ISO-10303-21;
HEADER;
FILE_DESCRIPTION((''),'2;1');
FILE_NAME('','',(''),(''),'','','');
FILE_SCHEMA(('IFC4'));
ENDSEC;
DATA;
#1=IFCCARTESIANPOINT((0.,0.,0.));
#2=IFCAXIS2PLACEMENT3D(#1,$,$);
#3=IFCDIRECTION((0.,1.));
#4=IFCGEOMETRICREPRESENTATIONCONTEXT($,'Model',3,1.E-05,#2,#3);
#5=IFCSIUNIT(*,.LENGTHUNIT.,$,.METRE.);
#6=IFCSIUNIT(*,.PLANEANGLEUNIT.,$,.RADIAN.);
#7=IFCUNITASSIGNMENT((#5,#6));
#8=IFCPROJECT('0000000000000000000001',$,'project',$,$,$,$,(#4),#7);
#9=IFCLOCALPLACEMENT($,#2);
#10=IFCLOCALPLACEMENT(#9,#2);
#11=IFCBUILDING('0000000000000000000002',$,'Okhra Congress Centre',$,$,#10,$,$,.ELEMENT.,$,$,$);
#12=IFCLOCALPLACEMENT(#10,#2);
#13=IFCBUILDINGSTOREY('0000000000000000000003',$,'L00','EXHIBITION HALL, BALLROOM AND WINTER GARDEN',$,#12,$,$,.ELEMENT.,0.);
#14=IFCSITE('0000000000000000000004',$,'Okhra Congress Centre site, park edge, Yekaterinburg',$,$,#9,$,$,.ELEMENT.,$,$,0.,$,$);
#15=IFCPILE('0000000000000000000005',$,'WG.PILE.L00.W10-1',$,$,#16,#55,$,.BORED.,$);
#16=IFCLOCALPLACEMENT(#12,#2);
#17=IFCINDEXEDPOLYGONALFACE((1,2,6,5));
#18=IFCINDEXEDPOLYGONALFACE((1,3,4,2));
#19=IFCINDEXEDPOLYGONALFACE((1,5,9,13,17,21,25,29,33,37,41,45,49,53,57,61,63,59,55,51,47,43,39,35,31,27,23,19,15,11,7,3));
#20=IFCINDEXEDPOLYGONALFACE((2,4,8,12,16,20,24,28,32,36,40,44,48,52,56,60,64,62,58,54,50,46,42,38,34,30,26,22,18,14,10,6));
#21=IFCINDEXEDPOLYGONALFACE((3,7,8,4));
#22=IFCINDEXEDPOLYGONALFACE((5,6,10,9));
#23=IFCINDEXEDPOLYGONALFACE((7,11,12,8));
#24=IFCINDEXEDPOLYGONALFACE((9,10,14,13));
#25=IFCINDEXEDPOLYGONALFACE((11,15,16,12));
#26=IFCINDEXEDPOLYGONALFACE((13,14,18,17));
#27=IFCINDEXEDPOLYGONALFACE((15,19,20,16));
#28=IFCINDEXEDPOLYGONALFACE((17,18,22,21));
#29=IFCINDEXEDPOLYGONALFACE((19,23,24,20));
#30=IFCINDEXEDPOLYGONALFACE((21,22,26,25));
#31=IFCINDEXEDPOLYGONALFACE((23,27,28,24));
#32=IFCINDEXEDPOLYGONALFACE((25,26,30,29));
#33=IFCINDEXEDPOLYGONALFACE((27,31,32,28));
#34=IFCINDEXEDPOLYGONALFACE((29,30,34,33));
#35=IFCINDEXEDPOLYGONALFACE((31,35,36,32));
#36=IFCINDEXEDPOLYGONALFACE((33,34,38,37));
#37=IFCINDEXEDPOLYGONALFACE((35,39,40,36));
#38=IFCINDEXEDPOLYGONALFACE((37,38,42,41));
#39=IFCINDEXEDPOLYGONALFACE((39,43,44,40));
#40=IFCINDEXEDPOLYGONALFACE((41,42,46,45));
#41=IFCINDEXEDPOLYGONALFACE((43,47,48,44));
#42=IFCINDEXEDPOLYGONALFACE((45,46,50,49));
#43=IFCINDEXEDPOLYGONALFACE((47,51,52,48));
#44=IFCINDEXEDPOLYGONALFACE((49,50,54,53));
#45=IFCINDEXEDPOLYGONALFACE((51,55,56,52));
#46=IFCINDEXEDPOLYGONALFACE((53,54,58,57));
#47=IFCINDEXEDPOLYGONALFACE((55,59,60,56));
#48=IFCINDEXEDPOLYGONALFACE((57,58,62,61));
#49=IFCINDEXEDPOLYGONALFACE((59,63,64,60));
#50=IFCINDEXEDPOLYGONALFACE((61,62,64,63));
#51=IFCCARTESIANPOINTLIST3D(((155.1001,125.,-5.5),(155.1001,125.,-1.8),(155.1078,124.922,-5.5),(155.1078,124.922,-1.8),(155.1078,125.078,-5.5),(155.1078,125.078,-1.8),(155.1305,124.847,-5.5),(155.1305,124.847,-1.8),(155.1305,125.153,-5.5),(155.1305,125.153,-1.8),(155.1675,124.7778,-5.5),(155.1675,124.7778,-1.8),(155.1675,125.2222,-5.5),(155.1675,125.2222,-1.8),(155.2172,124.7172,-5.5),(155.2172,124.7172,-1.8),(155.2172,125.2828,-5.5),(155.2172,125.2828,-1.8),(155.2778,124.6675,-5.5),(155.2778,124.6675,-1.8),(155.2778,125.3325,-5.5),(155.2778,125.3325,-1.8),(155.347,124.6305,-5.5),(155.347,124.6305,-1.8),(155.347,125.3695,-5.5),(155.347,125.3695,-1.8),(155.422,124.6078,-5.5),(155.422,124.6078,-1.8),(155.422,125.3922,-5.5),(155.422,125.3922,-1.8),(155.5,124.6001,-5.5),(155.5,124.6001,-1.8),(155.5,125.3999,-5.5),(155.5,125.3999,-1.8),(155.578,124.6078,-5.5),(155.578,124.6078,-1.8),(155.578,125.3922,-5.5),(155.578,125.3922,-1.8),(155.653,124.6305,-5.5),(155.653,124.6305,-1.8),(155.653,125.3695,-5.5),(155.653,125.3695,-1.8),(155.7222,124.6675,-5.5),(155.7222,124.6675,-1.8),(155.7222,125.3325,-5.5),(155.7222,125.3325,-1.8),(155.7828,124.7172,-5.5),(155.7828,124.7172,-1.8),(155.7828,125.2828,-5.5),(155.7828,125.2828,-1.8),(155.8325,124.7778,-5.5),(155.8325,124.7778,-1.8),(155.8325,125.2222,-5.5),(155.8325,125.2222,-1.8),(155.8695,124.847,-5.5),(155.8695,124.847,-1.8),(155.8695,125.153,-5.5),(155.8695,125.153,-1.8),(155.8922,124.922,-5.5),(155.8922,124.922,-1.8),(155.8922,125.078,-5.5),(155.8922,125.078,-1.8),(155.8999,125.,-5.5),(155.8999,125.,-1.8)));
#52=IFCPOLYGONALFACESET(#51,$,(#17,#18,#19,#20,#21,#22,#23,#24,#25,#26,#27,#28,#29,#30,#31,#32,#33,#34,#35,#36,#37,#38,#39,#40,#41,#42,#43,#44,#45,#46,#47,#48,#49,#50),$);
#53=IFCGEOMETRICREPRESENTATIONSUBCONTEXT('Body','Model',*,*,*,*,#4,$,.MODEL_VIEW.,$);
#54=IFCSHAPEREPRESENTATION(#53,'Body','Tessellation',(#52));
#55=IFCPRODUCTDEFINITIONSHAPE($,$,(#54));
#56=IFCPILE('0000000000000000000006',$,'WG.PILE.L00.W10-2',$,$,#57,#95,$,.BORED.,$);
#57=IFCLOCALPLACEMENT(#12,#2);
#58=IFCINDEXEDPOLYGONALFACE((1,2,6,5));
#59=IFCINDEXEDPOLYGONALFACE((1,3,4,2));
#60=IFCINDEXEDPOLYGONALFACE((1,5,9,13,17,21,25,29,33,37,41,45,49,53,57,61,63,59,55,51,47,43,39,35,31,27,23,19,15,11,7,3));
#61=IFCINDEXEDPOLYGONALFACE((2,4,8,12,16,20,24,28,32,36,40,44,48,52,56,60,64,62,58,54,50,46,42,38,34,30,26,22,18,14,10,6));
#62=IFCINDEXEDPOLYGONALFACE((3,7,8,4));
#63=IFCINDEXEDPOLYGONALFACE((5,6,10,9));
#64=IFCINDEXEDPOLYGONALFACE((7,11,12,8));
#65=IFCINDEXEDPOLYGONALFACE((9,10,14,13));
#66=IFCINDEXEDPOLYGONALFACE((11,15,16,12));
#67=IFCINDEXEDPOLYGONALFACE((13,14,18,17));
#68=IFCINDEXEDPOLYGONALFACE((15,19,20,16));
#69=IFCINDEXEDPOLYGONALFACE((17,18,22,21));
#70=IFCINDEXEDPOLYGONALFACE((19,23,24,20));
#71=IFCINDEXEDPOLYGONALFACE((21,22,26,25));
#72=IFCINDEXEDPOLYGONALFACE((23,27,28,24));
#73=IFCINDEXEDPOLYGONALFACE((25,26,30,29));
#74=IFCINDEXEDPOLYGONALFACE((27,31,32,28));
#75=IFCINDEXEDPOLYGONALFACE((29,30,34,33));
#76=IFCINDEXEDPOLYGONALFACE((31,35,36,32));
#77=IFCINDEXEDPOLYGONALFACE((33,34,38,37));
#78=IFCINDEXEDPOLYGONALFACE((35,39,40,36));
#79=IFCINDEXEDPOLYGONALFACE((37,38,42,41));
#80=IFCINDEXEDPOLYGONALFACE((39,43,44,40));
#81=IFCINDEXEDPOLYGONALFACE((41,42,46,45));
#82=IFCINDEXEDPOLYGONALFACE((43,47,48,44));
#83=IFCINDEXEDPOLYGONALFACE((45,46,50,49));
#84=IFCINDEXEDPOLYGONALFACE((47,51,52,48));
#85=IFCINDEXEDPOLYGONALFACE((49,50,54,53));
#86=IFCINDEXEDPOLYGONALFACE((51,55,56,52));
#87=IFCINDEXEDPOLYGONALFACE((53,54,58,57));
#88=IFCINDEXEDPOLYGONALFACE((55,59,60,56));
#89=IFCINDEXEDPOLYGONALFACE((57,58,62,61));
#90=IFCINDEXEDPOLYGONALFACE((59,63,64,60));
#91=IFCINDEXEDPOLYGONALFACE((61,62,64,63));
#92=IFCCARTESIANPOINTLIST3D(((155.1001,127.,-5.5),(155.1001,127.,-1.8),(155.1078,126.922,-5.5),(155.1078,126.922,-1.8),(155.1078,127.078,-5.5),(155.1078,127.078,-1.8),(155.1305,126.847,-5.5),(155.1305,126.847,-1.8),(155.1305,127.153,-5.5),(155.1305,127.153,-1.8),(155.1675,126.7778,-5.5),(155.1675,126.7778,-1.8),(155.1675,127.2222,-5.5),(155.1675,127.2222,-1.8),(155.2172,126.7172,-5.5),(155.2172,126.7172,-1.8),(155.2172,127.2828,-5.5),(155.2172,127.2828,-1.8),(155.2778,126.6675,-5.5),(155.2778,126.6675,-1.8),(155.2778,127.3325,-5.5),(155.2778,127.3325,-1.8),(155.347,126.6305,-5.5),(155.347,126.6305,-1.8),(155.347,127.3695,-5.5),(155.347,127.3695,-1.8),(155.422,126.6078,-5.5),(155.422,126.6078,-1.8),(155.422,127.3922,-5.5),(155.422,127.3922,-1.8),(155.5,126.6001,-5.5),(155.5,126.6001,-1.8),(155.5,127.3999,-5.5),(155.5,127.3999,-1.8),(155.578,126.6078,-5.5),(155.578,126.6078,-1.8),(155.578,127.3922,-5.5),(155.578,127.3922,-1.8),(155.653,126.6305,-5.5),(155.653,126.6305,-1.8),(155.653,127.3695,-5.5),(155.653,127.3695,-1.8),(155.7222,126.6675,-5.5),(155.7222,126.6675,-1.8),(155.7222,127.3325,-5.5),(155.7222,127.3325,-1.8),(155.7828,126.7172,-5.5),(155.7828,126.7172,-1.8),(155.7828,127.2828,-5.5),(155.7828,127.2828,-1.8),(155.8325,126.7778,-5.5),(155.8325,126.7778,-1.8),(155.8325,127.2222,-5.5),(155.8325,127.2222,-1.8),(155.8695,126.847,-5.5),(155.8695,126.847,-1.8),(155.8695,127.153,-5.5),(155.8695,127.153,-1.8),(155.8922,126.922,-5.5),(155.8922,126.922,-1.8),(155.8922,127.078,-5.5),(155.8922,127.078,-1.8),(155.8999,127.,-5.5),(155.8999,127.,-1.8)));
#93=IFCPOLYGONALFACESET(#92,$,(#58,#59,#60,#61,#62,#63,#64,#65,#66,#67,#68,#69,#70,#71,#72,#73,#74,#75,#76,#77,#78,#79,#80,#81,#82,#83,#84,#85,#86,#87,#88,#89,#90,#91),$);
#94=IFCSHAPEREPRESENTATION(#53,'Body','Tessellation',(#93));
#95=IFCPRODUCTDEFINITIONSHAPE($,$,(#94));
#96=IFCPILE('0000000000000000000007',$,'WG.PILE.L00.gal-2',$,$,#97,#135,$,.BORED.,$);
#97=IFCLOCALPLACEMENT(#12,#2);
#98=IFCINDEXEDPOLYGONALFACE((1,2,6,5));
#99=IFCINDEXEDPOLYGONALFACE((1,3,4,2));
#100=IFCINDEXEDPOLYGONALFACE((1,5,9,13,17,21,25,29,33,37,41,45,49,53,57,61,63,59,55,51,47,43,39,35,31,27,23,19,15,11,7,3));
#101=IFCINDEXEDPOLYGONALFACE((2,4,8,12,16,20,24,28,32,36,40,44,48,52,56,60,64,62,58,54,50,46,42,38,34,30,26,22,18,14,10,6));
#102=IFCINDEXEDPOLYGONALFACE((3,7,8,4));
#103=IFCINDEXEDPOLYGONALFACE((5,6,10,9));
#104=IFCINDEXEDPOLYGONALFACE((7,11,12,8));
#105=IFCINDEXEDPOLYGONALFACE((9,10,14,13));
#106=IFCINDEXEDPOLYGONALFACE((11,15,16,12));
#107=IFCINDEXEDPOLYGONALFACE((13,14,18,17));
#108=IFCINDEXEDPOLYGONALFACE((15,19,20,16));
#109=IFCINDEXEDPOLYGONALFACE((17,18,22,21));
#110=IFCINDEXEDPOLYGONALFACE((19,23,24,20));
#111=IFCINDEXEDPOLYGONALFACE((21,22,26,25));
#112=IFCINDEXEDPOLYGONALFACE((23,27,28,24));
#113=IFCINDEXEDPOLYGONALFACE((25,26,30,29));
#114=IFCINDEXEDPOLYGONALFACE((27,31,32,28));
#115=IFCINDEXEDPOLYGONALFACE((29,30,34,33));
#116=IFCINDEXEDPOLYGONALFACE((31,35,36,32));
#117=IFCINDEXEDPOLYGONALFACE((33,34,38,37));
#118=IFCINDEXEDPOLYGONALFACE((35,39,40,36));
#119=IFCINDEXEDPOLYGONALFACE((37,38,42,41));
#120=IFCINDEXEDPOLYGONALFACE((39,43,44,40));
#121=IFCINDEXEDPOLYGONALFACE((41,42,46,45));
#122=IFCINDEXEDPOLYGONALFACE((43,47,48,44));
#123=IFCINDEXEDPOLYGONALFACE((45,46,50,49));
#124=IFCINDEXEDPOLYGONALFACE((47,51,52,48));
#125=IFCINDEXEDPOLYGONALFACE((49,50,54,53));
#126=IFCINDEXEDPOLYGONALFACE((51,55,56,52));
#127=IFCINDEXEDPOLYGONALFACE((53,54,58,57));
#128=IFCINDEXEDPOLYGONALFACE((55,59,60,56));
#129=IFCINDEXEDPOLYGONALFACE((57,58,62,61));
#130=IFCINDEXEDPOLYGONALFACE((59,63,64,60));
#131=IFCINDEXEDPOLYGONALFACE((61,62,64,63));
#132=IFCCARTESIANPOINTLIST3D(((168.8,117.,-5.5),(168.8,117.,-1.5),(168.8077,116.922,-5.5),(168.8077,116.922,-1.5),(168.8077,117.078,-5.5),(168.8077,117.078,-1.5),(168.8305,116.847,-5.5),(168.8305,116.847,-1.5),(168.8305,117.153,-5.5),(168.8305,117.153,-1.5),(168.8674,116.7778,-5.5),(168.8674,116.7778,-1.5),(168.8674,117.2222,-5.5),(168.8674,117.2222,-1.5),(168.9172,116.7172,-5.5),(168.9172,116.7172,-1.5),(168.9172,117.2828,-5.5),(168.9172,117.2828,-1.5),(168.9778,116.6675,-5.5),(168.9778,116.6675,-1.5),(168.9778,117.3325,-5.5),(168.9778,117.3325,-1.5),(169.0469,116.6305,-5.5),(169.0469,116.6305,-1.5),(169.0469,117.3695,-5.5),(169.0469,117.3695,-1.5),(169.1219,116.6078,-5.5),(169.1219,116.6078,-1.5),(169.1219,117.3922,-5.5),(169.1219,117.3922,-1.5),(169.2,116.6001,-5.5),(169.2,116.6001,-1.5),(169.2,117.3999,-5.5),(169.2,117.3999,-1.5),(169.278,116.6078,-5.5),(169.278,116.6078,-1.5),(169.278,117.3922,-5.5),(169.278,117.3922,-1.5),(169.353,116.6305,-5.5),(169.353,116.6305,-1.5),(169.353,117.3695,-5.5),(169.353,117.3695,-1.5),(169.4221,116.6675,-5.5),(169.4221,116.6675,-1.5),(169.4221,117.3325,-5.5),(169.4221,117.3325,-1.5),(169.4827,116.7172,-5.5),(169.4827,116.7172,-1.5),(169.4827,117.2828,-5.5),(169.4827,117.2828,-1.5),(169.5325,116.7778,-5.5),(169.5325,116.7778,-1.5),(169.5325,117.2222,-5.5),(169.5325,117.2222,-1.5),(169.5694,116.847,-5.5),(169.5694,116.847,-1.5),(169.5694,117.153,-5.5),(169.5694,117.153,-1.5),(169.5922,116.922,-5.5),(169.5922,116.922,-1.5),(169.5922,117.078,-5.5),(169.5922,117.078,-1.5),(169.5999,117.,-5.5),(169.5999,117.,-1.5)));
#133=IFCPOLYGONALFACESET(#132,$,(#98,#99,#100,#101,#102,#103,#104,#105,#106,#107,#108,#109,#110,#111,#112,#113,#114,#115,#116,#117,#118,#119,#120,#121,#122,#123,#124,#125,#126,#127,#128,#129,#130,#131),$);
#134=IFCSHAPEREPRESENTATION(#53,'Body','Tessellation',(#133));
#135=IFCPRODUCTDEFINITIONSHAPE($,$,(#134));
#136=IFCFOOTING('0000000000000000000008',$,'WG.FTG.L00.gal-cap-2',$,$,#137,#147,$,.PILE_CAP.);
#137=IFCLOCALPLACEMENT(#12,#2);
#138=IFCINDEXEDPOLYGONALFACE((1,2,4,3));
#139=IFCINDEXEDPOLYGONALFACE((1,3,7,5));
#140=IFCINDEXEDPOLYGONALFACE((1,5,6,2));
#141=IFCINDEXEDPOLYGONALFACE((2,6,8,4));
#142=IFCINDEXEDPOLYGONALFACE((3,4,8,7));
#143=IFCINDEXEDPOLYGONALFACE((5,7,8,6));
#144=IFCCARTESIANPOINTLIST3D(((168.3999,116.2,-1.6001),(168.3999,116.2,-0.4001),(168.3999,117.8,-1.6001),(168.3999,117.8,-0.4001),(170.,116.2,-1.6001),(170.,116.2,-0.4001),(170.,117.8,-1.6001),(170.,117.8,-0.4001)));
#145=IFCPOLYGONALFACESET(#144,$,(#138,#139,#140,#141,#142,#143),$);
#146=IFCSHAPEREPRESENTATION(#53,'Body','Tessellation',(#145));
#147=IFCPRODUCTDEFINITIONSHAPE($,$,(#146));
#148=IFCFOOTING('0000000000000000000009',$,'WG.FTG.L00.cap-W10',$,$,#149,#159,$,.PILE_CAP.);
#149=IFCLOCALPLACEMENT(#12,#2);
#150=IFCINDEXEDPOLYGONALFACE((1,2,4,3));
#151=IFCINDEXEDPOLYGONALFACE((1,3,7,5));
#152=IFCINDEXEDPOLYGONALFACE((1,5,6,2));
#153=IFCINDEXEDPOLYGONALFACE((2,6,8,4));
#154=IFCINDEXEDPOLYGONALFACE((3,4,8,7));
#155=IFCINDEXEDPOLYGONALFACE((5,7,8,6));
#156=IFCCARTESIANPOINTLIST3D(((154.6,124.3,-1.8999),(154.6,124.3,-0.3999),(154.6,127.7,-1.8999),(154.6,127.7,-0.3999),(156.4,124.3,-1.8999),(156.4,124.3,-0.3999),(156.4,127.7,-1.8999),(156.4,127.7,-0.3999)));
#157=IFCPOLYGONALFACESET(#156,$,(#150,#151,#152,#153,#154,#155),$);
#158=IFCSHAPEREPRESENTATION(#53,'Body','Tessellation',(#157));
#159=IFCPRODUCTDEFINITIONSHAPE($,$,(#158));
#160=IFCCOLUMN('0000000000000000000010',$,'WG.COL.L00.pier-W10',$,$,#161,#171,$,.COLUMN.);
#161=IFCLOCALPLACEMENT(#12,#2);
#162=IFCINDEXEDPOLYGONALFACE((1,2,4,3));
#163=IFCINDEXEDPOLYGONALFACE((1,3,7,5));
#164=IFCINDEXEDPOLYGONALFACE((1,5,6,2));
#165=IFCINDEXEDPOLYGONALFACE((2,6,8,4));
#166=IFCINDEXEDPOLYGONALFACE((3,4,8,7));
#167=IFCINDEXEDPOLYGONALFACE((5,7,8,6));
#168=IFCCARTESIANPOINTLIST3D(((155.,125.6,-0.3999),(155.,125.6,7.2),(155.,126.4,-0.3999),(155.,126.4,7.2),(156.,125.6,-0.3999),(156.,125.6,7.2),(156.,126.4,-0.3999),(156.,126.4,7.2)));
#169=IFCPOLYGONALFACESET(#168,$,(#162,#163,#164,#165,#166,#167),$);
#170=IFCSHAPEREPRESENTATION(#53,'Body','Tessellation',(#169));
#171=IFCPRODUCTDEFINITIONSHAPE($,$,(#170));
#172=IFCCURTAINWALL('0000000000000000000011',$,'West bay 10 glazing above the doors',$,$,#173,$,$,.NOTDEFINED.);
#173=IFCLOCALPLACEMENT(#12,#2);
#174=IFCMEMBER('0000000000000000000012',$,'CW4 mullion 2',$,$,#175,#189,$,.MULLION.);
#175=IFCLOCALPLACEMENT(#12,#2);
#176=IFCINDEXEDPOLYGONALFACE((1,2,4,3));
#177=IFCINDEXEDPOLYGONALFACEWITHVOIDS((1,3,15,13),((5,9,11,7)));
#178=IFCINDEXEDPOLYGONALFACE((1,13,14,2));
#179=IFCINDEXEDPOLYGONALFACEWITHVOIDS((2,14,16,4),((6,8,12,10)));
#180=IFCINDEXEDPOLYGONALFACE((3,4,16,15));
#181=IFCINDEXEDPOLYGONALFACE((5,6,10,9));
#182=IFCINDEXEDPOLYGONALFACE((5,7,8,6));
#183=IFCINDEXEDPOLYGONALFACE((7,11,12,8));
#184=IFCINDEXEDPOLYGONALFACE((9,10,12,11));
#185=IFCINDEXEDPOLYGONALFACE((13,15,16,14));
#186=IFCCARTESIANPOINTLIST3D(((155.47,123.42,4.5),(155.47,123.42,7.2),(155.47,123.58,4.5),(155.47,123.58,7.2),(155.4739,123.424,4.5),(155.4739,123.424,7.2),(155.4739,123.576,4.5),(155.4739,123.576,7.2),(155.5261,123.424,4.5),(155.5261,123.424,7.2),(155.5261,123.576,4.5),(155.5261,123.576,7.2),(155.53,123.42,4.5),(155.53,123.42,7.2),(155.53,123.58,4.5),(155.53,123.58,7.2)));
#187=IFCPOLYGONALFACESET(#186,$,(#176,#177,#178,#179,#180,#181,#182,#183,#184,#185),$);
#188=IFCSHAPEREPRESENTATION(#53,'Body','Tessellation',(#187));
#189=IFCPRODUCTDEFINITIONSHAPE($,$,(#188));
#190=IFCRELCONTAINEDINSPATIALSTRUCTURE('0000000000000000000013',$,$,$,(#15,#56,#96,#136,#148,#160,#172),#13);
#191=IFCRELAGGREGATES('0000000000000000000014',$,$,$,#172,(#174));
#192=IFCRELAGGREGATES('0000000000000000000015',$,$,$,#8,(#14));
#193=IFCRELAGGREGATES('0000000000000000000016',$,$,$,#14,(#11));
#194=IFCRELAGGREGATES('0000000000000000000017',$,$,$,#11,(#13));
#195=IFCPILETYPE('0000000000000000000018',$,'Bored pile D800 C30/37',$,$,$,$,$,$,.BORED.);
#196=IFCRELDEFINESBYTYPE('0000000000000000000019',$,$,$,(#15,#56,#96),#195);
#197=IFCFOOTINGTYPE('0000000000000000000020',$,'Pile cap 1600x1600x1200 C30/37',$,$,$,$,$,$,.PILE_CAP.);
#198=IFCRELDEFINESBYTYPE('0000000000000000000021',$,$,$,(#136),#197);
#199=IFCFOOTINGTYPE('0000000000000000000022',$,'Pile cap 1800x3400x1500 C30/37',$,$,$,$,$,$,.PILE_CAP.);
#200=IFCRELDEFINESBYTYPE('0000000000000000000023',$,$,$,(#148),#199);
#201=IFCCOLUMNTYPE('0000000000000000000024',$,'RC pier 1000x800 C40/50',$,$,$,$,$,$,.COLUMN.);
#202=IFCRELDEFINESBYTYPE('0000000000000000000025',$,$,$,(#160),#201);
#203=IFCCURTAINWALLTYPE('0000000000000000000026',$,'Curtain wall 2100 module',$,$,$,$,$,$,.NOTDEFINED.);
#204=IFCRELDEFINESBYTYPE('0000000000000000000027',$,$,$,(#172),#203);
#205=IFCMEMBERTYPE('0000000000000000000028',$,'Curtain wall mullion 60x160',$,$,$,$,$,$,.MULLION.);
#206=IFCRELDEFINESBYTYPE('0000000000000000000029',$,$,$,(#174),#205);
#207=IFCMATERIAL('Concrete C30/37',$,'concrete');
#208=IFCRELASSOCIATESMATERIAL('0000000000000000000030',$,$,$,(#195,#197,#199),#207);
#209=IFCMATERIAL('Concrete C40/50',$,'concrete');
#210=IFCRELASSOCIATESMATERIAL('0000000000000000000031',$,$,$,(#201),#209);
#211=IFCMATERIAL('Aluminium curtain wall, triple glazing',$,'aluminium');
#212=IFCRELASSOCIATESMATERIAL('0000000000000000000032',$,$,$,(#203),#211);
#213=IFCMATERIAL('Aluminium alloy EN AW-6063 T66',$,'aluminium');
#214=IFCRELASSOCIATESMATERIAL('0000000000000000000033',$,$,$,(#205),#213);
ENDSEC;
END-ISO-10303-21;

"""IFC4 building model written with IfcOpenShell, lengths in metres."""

from ifc_helpers import new_model, si_unit, direction, frame, origin, origin_2d, place, context, subcontext, project, spatial, rectangle, hollow_rectangle, circle, extrude, material, material_profile, profile_set, type_object, element, aggregate, save


model = new_model("IFC4")

# Units and contexts
model_context = context("Model", 3, precision=1e-05, world=origin(), true_north=direction((0.0, 1.0)))
body_context = subcontext(model_context, "Body", "Model", "MODEL_VIEW")
ifc_project = project(units=[si_unit("LENGTHUNIT", "METRE"), si_unit("PLANEANGLEUNIT", "RADIAN")], contexts=[model_context])

# Site, building, storey
site_placement = place(None, origin())
site = spatial("IfcSite", under=ifc_project, at=site_placement, Name="Okhra Congress Centre site, park edge, Yekaterinburg", CompositionType="ELEMENT", RefElevation=0.0)
building_placement = place(site_placement, origin())
building = spatial("IfcBuilding", under=site, at=building_placement, Name="Okhra Congress Centre", CompositionType="ELEMENT")
storey_placement = place(building_placement, origin())
storey = spatial("IfcBuildingStorey", under=building, at=storey_placement, Name="L00", Description="EXHIBITION HALL, BALLROOM AND WINTER GARDEN", CompositionType="ELEMENT", Elevation=0.0)

# Piles
ifc_material_1 = material(Name="Concrete C30/37", Category="concrete")
ifc_material_profile_1 = material_profile(ifc_material_1, circle(Radius=0.3999, at=origin_2d()), Name="D800")
ifc_profile_set_1 = profile_set([ifc_material_profile_1], Name="Concrete C30/37")
pile_type = type_object("IfcPileType", Name="Bored pile D800 C30/37", PredefinedType="BORED", material=ifc_profile_set_1)
for number, where, z_axis, x_axis, name in (
    (1, (155.5, 125.0, -1.8), (0.0, 0.0, -1.0), (1.0, 0.0, 0.0), "WG.PILE.L00.W10-1"),
    (2, (155.5, 127.0, -1.8), (0.0, 0.0, -1.0), (1.0, 0.0, 0.0), "WG.PILE.L00.W10-2"),
):
    element("IfcPile", number, at=place(storey_placement, frame(where, z_axis=z_axis, x_axis=x_axis)), inside=storey, type_object=pile_type, Name=name, PredefinedType="BORED", context=body_context, shape_type="SweptSolid", body=[
        extrude(circle(Radius=0.3999, at=origin_2d()), origin(), (0.0, 0.0, 1.0), 3.7),
    ])
pile_placement = place(storey_placement, frame((169.2, 117.0, -1.5), z_axis=(0.0, 0.0, -1.0), x_axis=(1.0, 0.0, 0.0)))
element("IfcPile", 3, at=pile_placement, inside=storey, type_object=pile_type, Name="WG.PILE.L00.gal-2", PredefinedType="BORED", context=body_context, shape_type="SweptSolid", body=[
    extrude(circle(Radius=0.3999, at=origin_2d()), origin(), (0.0, 0.0, 1.0), 4.0),
])

# Footings
footing_type_1 = type_object("IfcFootingType", Name="Pile cap 1600x1600x1200 C30/37", PredefinedType="PILE_CAP", material=ifc_material_1)
footing_1_placement = place(storey_placement, frame((169.2, 117.0, -1.6001), z_axis=(0.0, 0.0, 1.0), x_axis=(1.0, 0.0, 0.0)))
element("IfcFooting", 4, at=footing_1_placement, inside=storey, type_object=footing_type_1, Name="WG.FTG.L00.gal-cap-2", PredefinedType="PILE_CAP", context=body_context, shape_type="SweptSolid", body=[
    extrude(rectangle(XDim=1.6001, YDim=1.6001, at=origin_2d()), origin(), (0.0, 0.0, 1.0), 1.2),
])
footing_type_2 = type_object("IfcFootingType", Name="Pile cap 1800x3400x1500 C30/37", PredefinedType="PILE_CAP", material=ifc_material_1)
footing_2_placement = place(storey_placement, frame((155.5, 126.0, -1.8999), z_axis=(0.0, 0.0, 1.0), x_axis=(1.0, 0.0, 0.0)))
element("IfcFooting", 5, at=footing_2_placement, inside=storey, type_object=footing_type_2, Name="WG.FTG.L00.cap-W10", PredefinedType="PILE_CAP", context=body_context, shape_type="SweptSolid", body=[
    extrude(rectangle(XDim=1.8, YDim=3.3999, at=origin_2d()), origin(), (0.0, 0.0, 1.0), 1.5),
])

# Column
ifc_material_2 = material(Name="Concrete C40/50", Category="concrete")
ifc_material_profile_2 = material_profile(ifc_material_2, rectangle(XDim=1.0, YDim=0.8, at=origin_2d()), Name="RC 1000x800")
ifc_profile_set_2 = profile_set([ifc_material_profile_2], Name="Concrete C40/50")
column_type = type_object("IfcColumnType", Name="RC pier 1000x800 C40/50", PredefinedType="COLUMN", material=ifc_profile_set_2)
column_placement = place(storey_placement, frame((155.5, 126.0, -0.3999), z_axis=(0.0, 0.0, 1.0), x_axis=(1.0, 0.0, 0.0)))
element("IfcColumn", 6, at=column_placement, inside=storey, type_object=column_type, Name="WG.COL.L00.pier-W10", PredefinedType="COLUMN", context=body_context, shape_type="SweptSolid", body=[
    extrude(rectangle(XDim=1.0, YDim=0.8, at=origin_2d()), origin(), (0.0, 0.0, 1.0), 7.5999),
])

# Curtain wall, member
ifc_material_3 = material(Name="Aluminium curtain wall, triple glazing", Category="aluminium")
curtain_wall_type = type_object("IfcCurtainWallType", Name="Curtain wall 2100 module", PredefinedType="NOTDEFINED", material=ifc_material_3)
curtain_wall_1_placement = place(storey_placement, origin())
curtain_wall_1 = element("IfcCurtainWall", 7, at=curtain_wall_1_placement, inside=storey, type_object=curtain_wall_type, Name="West bay 10 glazing above the doors", PredefinedType="NOTDEFINED")
ifc_material_4 = material(Name="Aluminium alloy EN AW-6063 T66", Category="aluminium")
ifc_material_profile_3 = material_profile(ifc_material_4, hollow_rectangle(XDim=0.0601, YDim=0.1599, WallThickness=0.0039, at=origin_2d()), Name="RHS 60x160x4")
ifc_profile_set_3 = profile_set([ifc_material_profile_3], Name="Aluminium alloy EN AW-6063 T66")
member_type_1 = type_object("IfcMemberType", Name="Curtain wall mullion 60x160", PredefinedType="MULLION", material=ifc_profile_set_3)
member_1_placement = place(storey_placement, frame((155.5, 123.5, 4.5), z_axis=(0.0, 0.0, 1.0), x_axis=(-1.0, 0.0, 0.0)))
member_1 = element("IfcMember", 8, at=member_1_placement, type_object=member_type_1, Name="CW4 mullion 2", PredefinedType="MULLION", context=body_context, shape_type="SweptSolid", body=[
    extrude(hollow_rectangle(XDim=0.0601, YDim=0.1599, WallThickness=0.0039, at=origin_2d()), origin(), (0.0, 0.0, 1.0), 2.7),
])

aggregate(curtain_wall_1, [member_1])

save(model, "model.ifc")
